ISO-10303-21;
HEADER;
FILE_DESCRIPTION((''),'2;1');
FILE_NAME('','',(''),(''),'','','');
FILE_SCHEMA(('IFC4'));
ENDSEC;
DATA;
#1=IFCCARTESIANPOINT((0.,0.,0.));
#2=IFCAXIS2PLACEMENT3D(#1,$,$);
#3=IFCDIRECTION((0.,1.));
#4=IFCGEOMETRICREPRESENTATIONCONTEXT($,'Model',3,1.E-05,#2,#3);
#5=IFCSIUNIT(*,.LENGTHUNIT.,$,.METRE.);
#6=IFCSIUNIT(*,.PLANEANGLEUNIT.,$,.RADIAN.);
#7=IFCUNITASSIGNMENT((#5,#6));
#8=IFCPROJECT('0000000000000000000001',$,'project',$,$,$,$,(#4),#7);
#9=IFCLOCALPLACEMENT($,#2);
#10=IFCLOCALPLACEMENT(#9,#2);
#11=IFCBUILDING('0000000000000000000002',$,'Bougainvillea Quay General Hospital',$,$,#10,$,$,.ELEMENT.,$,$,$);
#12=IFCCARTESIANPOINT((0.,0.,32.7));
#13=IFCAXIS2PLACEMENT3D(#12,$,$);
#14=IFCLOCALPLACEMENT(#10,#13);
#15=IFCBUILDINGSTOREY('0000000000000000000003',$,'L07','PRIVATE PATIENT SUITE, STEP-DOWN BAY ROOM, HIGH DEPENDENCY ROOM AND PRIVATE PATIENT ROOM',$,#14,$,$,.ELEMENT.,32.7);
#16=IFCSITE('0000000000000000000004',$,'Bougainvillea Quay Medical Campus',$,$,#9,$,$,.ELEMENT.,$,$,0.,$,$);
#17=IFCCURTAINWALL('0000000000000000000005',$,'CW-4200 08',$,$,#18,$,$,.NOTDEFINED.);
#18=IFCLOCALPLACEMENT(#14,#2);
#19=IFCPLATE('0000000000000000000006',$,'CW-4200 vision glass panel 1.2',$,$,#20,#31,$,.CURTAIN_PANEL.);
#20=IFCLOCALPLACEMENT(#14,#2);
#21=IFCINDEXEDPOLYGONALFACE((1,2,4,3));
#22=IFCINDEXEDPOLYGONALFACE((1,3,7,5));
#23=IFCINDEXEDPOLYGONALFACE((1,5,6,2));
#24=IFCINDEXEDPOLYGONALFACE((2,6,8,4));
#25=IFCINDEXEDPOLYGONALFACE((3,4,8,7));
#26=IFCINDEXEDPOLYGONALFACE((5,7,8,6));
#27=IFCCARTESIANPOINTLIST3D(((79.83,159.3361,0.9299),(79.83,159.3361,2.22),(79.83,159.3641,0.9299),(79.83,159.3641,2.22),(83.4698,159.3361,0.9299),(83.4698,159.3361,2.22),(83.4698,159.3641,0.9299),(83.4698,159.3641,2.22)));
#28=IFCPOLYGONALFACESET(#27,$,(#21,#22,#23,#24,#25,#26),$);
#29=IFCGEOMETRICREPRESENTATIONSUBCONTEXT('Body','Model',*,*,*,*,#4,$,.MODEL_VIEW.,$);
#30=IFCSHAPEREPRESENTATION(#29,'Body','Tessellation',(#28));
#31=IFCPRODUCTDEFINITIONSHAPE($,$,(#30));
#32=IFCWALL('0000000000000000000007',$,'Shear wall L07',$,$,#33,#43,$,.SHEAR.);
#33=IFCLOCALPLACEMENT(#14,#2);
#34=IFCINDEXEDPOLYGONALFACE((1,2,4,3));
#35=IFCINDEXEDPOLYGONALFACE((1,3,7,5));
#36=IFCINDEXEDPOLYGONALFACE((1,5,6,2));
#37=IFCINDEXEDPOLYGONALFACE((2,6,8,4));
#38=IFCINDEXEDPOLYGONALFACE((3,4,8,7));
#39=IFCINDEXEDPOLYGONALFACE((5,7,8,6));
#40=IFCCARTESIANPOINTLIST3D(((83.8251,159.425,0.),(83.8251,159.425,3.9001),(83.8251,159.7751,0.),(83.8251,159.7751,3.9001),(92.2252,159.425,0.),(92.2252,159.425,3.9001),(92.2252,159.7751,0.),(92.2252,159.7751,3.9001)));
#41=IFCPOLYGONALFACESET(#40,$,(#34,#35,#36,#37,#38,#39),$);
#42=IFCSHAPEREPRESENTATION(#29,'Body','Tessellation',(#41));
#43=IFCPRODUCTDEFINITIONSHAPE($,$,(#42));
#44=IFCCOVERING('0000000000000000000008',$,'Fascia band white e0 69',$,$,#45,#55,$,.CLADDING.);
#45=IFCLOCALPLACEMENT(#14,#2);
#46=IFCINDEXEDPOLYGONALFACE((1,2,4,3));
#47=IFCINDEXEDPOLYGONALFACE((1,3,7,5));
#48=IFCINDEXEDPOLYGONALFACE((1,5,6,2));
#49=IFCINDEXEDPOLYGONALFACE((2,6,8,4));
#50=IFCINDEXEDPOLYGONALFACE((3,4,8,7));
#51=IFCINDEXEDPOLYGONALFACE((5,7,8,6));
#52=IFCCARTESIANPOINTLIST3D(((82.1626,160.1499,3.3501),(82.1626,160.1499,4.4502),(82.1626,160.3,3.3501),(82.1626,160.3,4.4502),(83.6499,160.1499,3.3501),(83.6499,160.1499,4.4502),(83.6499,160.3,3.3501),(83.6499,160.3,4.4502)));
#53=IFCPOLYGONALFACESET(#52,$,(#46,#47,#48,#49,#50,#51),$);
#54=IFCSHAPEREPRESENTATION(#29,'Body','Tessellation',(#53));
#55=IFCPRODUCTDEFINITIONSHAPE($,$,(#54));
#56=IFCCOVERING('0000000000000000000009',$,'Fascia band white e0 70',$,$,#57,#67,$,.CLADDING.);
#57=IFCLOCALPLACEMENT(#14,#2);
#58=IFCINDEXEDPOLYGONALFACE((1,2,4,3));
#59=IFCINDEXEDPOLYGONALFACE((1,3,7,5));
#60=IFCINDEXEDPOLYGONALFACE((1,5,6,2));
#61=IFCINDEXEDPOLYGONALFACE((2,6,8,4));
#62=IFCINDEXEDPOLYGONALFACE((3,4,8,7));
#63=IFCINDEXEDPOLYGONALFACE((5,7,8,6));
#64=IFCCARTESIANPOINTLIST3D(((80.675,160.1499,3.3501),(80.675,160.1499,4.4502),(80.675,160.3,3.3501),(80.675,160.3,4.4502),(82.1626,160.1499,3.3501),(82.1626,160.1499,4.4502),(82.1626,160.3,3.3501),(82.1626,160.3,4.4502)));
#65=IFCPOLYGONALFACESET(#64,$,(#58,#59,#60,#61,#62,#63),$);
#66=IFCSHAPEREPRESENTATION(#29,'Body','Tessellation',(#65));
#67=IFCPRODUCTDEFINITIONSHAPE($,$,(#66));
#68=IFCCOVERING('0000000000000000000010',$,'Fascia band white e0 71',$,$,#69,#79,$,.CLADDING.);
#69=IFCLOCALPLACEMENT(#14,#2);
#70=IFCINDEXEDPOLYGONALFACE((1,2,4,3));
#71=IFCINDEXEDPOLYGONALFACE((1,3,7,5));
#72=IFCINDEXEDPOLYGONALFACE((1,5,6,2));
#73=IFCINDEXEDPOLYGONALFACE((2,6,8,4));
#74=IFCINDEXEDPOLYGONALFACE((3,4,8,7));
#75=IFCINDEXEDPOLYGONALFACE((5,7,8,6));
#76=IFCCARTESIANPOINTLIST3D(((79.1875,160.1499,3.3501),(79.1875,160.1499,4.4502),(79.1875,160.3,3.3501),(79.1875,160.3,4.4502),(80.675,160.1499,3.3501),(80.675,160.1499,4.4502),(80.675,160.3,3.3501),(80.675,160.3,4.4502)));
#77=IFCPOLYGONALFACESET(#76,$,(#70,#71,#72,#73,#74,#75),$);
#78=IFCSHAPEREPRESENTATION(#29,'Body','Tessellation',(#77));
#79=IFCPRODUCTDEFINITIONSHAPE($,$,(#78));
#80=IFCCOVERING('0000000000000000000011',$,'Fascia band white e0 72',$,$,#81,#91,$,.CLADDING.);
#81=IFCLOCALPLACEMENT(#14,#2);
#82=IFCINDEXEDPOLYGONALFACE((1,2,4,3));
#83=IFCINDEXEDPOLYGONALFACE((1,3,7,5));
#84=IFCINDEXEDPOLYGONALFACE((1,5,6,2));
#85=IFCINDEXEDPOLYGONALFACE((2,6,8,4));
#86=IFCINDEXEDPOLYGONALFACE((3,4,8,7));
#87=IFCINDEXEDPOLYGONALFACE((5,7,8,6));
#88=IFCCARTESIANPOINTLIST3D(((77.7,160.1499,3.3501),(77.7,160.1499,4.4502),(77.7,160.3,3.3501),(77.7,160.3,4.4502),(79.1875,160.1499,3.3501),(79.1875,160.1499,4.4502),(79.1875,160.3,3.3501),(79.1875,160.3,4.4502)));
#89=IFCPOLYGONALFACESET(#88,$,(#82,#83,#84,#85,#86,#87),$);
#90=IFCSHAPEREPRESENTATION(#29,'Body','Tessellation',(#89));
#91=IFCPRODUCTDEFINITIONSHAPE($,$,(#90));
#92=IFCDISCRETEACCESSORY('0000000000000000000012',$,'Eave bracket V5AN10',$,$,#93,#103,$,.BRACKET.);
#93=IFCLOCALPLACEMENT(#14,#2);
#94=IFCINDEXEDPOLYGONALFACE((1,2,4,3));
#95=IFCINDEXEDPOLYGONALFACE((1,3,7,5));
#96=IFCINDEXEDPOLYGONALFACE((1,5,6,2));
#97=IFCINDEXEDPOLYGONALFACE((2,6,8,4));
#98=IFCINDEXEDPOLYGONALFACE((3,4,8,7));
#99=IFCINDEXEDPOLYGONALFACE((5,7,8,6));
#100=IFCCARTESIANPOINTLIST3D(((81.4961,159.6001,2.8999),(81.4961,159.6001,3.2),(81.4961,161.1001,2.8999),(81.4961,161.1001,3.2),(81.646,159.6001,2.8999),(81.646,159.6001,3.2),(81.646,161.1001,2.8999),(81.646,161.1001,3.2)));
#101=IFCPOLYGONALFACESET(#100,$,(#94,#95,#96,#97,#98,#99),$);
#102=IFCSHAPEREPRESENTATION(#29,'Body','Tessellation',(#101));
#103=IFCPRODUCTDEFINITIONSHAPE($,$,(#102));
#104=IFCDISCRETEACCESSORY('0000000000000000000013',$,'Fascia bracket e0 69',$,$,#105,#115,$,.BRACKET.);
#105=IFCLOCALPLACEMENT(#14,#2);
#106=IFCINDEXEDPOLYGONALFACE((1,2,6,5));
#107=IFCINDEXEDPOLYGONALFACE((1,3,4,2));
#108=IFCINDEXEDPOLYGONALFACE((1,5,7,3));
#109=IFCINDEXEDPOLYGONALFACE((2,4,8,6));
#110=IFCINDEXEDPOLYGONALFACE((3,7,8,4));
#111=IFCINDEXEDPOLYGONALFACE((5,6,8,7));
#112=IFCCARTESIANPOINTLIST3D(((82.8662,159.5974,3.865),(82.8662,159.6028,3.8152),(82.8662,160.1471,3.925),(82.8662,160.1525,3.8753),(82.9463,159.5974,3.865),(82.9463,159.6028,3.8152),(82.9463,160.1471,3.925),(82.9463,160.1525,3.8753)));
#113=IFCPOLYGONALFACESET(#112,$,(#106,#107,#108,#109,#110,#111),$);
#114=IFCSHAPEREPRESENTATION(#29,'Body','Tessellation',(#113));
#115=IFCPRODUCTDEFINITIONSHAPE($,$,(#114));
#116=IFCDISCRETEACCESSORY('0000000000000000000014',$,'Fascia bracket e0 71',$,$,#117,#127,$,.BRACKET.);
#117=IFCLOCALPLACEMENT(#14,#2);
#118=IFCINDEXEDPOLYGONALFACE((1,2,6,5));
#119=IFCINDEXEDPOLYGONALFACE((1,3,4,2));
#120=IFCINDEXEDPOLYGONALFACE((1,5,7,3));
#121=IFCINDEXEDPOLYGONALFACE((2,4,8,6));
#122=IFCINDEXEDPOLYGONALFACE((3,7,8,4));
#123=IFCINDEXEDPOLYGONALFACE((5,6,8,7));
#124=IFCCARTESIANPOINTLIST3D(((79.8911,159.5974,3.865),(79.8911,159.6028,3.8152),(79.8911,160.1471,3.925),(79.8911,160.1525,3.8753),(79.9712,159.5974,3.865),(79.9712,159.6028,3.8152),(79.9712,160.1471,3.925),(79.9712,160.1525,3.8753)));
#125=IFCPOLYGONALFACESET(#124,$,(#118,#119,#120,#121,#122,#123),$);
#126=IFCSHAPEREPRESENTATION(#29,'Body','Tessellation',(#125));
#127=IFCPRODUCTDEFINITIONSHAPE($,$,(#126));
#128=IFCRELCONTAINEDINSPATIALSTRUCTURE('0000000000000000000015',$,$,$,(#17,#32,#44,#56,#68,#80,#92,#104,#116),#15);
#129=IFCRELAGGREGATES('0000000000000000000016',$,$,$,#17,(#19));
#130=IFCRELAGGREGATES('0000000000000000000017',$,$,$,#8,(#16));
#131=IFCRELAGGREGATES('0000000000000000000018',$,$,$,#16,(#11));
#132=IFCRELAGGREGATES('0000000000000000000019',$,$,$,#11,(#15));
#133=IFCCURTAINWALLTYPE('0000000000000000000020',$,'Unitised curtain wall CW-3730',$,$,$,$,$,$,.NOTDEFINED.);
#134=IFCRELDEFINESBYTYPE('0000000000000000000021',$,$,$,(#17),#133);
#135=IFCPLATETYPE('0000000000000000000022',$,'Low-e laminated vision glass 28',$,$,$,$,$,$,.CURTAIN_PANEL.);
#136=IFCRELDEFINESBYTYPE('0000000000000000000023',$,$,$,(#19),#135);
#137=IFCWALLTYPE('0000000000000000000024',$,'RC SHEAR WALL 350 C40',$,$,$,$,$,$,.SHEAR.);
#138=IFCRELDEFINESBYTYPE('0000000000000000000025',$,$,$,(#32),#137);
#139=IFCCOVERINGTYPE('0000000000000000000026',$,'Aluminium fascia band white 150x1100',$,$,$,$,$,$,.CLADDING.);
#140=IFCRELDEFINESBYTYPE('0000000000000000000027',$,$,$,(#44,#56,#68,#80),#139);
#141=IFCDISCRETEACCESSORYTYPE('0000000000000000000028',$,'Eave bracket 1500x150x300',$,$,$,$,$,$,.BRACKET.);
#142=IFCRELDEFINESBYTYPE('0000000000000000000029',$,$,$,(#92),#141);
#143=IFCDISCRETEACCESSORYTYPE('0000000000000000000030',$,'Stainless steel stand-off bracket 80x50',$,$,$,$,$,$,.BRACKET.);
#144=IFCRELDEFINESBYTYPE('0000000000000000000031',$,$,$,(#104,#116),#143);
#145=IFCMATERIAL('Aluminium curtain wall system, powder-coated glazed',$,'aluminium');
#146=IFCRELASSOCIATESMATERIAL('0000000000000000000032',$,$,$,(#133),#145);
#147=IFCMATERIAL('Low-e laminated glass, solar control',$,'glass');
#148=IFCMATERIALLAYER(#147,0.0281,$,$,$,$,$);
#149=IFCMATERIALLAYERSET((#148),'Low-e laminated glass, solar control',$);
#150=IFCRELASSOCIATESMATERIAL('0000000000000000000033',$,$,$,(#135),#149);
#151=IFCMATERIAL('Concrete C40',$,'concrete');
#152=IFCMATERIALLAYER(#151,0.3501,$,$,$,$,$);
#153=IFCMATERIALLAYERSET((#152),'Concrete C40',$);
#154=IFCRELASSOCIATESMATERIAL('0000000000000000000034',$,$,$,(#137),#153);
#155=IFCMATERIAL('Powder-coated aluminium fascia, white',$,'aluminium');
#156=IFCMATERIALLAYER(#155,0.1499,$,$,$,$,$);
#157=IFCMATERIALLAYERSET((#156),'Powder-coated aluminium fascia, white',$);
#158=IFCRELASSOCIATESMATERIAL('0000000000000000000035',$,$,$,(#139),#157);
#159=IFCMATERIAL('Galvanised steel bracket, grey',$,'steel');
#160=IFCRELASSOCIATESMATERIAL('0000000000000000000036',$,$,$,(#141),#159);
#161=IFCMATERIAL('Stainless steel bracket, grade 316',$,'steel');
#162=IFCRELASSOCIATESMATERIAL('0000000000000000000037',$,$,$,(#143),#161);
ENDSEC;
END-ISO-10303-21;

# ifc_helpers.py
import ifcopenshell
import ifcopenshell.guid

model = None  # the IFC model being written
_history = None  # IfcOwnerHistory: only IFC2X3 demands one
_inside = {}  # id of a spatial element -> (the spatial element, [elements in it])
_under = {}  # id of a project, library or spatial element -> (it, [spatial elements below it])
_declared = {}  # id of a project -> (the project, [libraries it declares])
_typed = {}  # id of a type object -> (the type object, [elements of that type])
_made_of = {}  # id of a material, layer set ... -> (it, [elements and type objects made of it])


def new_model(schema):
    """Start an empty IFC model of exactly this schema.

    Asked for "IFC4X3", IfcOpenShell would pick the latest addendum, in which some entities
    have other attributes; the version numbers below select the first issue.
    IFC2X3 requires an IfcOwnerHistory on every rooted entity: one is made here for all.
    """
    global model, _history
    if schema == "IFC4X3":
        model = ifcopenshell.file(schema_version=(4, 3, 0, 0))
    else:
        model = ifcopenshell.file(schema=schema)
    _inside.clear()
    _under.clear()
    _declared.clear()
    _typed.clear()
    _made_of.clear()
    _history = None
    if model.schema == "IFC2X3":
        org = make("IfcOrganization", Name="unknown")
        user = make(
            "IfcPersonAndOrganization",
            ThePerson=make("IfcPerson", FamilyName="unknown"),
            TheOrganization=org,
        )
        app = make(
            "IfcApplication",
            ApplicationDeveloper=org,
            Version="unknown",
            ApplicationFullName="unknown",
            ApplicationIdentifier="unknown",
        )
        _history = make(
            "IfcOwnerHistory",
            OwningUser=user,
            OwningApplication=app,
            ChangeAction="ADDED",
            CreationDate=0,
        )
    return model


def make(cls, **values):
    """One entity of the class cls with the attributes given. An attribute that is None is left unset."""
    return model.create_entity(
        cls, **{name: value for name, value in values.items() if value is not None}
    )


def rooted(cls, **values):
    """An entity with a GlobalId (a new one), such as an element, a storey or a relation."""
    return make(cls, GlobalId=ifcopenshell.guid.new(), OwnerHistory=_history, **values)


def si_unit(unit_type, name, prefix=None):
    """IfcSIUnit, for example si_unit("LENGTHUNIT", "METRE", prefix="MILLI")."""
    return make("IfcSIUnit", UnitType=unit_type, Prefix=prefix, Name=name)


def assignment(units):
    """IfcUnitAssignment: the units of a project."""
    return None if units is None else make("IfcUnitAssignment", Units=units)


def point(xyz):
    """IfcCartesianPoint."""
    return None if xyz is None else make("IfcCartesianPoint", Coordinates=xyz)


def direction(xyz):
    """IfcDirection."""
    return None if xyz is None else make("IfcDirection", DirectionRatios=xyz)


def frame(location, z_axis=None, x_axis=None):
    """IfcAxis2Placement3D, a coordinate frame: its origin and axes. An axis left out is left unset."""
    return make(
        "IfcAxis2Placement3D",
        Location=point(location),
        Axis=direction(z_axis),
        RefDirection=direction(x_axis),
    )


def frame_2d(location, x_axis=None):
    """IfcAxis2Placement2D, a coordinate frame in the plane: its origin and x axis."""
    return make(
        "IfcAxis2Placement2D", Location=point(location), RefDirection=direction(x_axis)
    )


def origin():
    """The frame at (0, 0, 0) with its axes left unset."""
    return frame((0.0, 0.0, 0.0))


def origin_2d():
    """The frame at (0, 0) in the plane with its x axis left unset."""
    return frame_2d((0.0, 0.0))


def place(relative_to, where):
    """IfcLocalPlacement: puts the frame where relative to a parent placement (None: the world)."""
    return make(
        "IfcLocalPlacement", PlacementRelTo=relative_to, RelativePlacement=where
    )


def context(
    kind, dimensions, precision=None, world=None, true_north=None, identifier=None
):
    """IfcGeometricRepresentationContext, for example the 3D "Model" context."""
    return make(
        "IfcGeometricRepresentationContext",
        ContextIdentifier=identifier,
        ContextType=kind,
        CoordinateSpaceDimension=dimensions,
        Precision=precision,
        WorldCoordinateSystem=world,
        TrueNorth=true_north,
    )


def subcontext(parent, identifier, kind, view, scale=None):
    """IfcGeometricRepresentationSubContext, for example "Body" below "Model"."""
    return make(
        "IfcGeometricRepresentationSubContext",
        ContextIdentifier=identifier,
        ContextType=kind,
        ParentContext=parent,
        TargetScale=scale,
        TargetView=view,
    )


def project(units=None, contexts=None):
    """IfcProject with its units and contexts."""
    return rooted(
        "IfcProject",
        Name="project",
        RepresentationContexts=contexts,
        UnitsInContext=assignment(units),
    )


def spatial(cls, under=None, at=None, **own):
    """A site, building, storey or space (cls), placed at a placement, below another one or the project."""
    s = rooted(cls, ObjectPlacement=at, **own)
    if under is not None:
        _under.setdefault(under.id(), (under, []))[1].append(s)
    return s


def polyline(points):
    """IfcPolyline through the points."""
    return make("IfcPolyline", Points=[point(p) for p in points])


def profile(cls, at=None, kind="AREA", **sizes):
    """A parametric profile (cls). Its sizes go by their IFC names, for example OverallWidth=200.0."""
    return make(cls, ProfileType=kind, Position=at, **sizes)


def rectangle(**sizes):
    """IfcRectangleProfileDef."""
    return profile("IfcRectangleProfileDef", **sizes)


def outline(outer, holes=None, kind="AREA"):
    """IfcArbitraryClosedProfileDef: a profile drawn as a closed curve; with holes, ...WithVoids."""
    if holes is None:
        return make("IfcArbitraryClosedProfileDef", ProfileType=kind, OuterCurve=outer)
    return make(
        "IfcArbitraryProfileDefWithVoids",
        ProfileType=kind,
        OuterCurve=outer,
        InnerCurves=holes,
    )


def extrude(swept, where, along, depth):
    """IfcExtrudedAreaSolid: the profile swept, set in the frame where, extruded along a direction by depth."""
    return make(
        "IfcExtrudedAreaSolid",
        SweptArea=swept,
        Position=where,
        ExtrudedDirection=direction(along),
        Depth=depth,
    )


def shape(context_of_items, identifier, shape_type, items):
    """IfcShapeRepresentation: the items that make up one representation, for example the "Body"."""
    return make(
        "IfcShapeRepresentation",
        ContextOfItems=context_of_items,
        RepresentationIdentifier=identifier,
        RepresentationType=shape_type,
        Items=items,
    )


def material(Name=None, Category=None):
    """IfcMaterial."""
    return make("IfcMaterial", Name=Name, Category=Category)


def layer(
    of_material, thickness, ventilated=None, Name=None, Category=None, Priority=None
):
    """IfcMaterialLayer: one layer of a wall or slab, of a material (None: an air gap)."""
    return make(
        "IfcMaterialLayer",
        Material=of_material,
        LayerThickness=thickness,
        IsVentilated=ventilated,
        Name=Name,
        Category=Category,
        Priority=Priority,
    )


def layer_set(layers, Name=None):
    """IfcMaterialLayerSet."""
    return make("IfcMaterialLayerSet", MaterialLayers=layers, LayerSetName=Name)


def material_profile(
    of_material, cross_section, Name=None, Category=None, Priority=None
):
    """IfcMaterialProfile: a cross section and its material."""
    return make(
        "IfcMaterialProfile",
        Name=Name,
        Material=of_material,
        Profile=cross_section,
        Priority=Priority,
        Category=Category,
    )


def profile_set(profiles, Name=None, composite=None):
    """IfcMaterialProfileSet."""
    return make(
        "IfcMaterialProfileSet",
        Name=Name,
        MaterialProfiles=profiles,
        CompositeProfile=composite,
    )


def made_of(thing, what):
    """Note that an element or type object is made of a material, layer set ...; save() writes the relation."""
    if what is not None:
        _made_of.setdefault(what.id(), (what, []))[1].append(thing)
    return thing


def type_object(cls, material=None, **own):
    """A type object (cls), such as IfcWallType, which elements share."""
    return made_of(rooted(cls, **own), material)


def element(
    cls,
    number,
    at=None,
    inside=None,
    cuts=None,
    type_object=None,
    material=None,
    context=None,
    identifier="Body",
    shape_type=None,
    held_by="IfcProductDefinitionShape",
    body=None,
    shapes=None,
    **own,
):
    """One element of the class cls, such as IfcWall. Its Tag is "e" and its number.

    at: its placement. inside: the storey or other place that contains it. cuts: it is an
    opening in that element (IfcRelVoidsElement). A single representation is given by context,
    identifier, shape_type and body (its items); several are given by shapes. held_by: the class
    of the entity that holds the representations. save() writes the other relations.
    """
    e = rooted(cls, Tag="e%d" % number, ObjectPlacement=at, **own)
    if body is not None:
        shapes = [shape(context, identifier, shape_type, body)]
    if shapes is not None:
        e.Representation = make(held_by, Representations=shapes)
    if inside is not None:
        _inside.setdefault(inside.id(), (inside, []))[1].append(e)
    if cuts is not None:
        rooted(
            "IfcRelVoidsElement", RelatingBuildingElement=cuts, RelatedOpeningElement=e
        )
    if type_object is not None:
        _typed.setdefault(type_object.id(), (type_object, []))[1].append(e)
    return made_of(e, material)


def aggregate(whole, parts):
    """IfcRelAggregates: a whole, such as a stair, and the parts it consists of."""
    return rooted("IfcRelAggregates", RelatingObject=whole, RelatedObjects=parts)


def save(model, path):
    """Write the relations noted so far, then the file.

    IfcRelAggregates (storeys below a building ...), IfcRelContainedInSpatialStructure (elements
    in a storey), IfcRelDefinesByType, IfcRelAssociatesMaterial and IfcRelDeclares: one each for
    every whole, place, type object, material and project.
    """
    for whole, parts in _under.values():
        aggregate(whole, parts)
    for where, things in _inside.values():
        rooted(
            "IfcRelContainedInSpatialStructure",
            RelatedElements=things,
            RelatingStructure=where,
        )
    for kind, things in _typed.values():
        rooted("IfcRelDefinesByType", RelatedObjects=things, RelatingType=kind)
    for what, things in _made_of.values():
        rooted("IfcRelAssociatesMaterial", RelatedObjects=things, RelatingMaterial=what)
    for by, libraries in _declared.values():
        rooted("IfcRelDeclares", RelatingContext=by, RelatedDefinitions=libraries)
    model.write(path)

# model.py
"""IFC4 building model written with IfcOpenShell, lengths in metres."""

from ifc_helpers import new_model, si_unit, direction, frame, frame_2d, origin, origin_2d, place, context, subcontext, project, spatial, polyline, rectangle, outline, extrude, material, layer, layer_set, material_profile, profile_set, type_object, element, aggregate, save


model = new_model("IFC4")

# Units and contexts
model_context = context("Model", 3, precision=1e-05, world=origin(), true_north=direction((0.0, 1.0)))
body_context = subcontext(model_context, "Body", "Model", "MODEL_VIEW")
ifc_project = project(units=[si_unit("LENGTHUNIT", "METRE"), si_unit("PLANEANGLEUNIT", "RADIAN")], contexts=[model_context])

# Site, building, storey
site_placement = place(None, origin())
site = spatial("IfcSite", under=ifc_project, at=site_placement, Name="Bougainvillea Quay Medical Campus", CompositionType="ELEMENT", RefElevation=0.0)
building_placement = place(site_placement, origin())
building = spatial("IfcBuilding", under=site, at=building_placement, Name="Bougainvillea Quay General Hospital", CompositionType="ELEMENT")
storey_placement = place(building_placement, frame((0.0, 0.0, 32.7)))
storey = spatial("IfcBuildingStorey", under=building, at=storey_placement, Name="L07", Description="PRIVATE PATIENT SUITE, STEP-DOWN BAY ROOM, HIGH DEPENDENCY ROOM AND PRIVATE PATIENT ROOM", CompositionType="ELEMENT", Elevation=32.7)

# Curtain wall
ifc_material_1 = material(Name="Aluminium curtain wall system, powder-coated glazed", Category="aluminium")
curtain_wall_type = type_object("IfcCurtainWallType", Name="Unitised curtain wall CW-3730", PredefinedType="NOTDEFINED", material=ifc_material_1)
curtain_wall_placement = place(storey_placement, origin())
curtain_wall = element("IfcCurtainWall", 1, at=curtain_wall_placement, inside=storey, type_object=curtain_wall_type, Name="CW-4200 08", PredefinedType="NOTDEFINED")

# Shared definitions
ifc_material_2 = material(Name="Concrete C40", Category="concrete")

# Plate
ifc_material_3 = material(Name="Low-e laminated glass, solar control", Category="glass")
ifc_layer_1 = layer(ifc_material_3, 0.0281)
ifc_layer_set_1 = layer_set([ifc_layer_1], Name="Low-e laminated glass, solar control")
plate_type_1 = type_object("IfcPlateType", Name="Low-e laminated vision glass 28", PredefinedType="CURTAIN_PANEL", material=ifc_layer_set_1)
plate_1_placement = place(storey_placement, frame((81.6499, 159.3501, 0.9299), z_axis=(0.0, 0.0, 1.0), x_axis=(-1.0, 0.0, 0.0)))
plate_1 = element("IfcPlate", 2, at=plate_1_placement, type_object=plate_type_1, Name="CW-4200 vision glass panel 1.2", PredefinedType="CURTAIN_PANEL", context=body_context, shape_type="SweptSolid", body=[
    extrude(rectangle(XDim=3.6399, YDim=0.0281, at=origin_2d()), origin(), (0.0, 0.0, 1.0), 1.29),
])
aggregate(curtain_wall, [plate_1])

# Wall
ifc_layer_2 = layer(ifc_material_2, 0.3501)
ifc_layer_set_2 = layer_set([ifc_layer_2], Name="Concrete C40")
wall_type = type_object("IfcWallType", Name="RC SHEAR WALL 350 C40", PredefinedType="SHEAR", material=ifc_layer_set_2)
wall_placement = place(storey_placement, frame((83.825, 159.6001, 0.0), z_axis=(0.0, 0.0, 1.0), x_axis=(1.0, 0.0, 0.0)))
element("IfcWall", 3, at=wall_placement, inside=storey, type_object=wall_type, Name="Shear wall L07", PredefinedType="SHEAR", context=body_context, shape_type="SweptSolid", body=[
    extrude(rectangle(XDim=8.4001, YDim=0.3501, at=frame_2d((4.2002, 0.0))), origin(), (0.0, 0.0, 1.0), 3.9001),
])

# Coverings
ifc_material_4 = material(Name="Powder-coated aluminium fascia, white", Category="aluminium")
ifc_layer_3 = layer(ifc_material_4, 0.1499)
ifc_layer_set_3 = layer_set([ifc_layer_3], Name="Powder-coated aluminium fascia, white")
covering_type = type_object("IfcCoveringType", Name="Aluminium fascia band white 150x1100", PredefinedType="CLADDING", material=ifc_layer_set_3)
covering_placement = place(storey_placement, frame((83.6499, 160.1499, 3.3501), z_axis=(0.0, 0.0, 1.0), x_axis=(-1.0, 0.0, 0.0)))
element("IfcCovering", 4, at=covering_placement, inside=storey, type_object=covering_type, Name="Fascia band white e0 69", PredefinedType="CLADDING", context=body_context, shape_type="SweptSolid", body=[
    extrude(outline(polyline([(0.0, 0.0), (1.4873, 0.0), (1.4873, -0.1501), (0.0, -0.1501), (0.0, 0.0)])), origin(), (0.0, 0.0, 1.0), 1.1001),
])
for number, where, z_axis, x_axis, name in (
    (5, (82.1626, 160.1499, 3.3501), (0.0, 0.0, 1.0), (-1.0, 0.0, 0.0), "Fascia band white e0 70"),
    (6, (80.675, 160.1499, 3.3501), (0.0, 0.0, 1.0), (-1.0, 0.0, 0.0), "Fascia band white e0 71"),
    (7, (79.1875, 160.1499, 3.3501), (0.0, 0.0, 1.0), (-1.0, 0.0, 0.0), "Fascia band white e0 72"),
):
    element("IfcCovering", number, at=place(storey_placement, frame(where, z_axis=z_axis, x_axis=x_axis)), inside=storey, type_object=covering_type, Name=name, PredefinedType="CLADDING", context=body_context, shape_type="SweptSolid", body=[
        extrude(outline(polyline([(0.0, 0.0), (1.4875, 0.0), (1.4875, -0.1501), (0.0, -0.1501), (0.0, 0.0)])), origin(), (0.0, 0.0, 1.0), 1.1001),
    ])

# Discrete accessories
ifc_material_5 = material(Name="Galvanised steel bracket, grey", Category="steel")
discrete_accessory_type_1 = type_object("IfcDiscreteAccessoryType", Name="Eave bracket 1500x150x300", PredefinedType="BRACKET", material=ifc_material_5)
discrete_accessory_placement = place(storey_placement, frame((81.571, 160.3501, 2.8999), z_axis=(0.0, 0.0, 1.0), x_axis=(1.0, 0.0, 0.0)))
element("IfcDiscreteAccessory", 8, at=discrete_accessory_placement, inside=storey, type_object=discrete_accessory_type_1, Name="Eave bracket V5AN10", PredefinedType="BRACKET", context=body_context, shape_type="SweptSolid", body=[
    extrude(rectangle(XDim=0.1499, YDim=1.5, at=origin_2d()), origin(), (0.0, 0.0, 1.0), 0.3),
])
ifc_material_6 = material(Name="Stainless steel bracket, grade 316", Category="steel")
ifc_material_profile_1 = material_profile(ifc_material_6, rectangle(XDim=0.0801, YDim=0.05, at=origin_2d()))
ifc_profile_set_1 = profile_set([ifc_material_profile_1], Name="Stainless steel bracket, grade 316")
discrete_accessory_type_2 = type_object("IfcDiscreteAccessoryType", Name="Stainless steel stand-off bracket 80x50", PredefinedType="BRACKET", material=ifc_profile_set_1)
for number, where, z_axis, x_axis, name in (
    (9, (82.9062, 159.6001, 3.8401), (0.0, 0.994087, 0.10859), (-1.0, 0.0, 0.0), "Fascia bracket e0 69"),
    (10, (79.9312, 159.6001, 3.8401), (0.0, 0.994087, 0.10859), (-1.0, 0.0, 0.0), "Fascia bracket e0 71"),
):
    element("IfcDiscreteAccessory", number, at=place(storey_placement, frame(where, z_axis=z_axis, x_axis=x_axis)), inside=storey, type_object=discrete_accessory_type_2, Name=name, PredefinedType="BRACKET", context=body_context, shape_type="SweptSolid", body=[
        extrude(rectangle(XDim=0.0801, YDim=0.05, at=origin_2d()), origin(), (0.0, 0.0, 1.0), 0.553),
    ])

save(model, "model.ifc")
